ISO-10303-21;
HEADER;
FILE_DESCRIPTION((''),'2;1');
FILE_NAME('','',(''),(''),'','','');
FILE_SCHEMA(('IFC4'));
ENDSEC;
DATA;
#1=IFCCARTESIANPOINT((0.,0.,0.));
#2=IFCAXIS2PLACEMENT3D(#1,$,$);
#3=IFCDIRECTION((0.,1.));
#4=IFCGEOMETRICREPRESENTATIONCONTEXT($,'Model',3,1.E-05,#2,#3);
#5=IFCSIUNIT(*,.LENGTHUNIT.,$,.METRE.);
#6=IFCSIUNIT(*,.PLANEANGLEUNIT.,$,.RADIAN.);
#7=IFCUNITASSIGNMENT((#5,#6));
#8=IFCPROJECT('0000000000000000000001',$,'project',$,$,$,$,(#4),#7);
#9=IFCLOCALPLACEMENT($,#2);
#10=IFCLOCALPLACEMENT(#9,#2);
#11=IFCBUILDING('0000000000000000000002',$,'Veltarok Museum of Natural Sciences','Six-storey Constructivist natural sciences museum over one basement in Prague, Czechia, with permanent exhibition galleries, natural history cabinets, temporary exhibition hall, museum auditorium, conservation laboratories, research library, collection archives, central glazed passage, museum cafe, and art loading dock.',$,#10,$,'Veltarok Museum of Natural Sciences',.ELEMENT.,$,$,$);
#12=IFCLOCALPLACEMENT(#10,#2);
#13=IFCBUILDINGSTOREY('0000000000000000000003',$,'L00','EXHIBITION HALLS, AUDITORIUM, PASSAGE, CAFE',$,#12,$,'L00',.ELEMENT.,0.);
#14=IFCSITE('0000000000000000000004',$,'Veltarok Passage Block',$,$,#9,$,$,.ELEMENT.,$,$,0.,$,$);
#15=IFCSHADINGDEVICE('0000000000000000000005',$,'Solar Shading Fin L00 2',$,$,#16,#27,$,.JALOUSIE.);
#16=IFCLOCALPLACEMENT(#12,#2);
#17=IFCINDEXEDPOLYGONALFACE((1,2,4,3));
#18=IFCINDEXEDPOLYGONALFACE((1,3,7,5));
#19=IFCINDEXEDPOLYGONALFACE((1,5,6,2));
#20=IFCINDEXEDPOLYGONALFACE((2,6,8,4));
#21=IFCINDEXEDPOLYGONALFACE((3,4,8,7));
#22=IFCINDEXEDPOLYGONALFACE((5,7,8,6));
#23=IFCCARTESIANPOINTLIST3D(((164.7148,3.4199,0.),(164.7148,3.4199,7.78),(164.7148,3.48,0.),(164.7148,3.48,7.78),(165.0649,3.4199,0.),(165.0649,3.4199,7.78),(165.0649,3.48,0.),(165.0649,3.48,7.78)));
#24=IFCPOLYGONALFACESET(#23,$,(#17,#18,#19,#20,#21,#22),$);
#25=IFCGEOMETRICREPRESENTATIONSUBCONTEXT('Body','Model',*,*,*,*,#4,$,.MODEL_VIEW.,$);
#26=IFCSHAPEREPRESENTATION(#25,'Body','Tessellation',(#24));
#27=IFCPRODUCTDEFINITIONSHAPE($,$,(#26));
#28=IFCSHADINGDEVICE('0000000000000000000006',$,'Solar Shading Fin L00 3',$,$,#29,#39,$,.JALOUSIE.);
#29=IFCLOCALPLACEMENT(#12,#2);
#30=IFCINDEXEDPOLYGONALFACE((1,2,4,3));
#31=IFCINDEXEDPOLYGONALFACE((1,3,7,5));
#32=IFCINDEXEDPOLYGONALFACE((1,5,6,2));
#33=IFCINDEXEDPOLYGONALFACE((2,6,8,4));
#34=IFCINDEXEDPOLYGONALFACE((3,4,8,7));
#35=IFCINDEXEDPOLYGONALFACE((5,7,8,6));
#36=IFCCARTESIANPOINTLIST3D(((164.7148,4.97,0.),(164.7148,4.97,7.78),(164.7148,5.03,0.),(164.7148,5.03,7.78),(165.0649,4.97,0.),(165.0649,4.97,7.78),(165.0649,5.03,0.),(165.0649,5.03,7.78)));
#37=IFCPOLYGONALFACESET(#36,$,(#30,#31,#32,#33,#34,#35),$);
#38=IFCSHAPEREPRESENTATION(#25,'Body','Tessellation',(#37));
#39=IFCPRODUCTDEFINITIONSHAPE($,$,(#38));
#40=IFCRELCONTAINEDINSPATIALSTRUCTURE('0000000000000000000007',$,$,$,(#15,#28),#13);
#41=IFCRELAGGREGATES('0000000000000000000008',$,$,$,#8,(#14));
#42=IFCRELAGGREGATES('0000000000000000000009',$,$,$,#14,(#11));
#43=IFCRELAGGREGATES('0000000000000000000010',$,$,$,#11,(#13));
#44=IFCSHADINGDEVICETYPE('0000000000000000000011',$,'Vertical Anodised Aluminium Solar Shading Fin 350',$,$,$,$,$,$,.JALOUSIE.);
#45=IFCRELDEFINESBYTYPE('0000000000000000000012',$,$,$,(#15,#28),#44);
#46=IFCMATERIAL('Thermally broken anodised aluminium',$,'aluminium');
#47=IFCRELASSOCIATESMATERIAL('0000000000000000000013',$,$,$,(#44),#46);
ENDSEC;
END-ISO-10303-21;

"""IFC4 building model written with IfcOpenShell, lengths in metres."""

from ifc_helpers import new_model, si_unit, direction, frame, origin, origin_2d, place, context, subcontext, project, spatial, rectangle, extrude, material, type_object, element, save


model = new_model("IFC4")

# Units and contexts
model_context = context("Model", 3, precision=1e-05, world=origin(), true_north=direction((0.0, 1.0)))
body_context = subcontext(model_context, "Body", "Model", "MODEL_VIEW")
ifc_project = project(units=[si_unit("LENGTHUNIT", "METRE"), si_unit("PLANEANGLEUNIT", "RADIAN")], contexts=[model_context])

# Site, building, storey
site_placement = place(None, origin())
site = spatial("IfcSite", under=ifc_project, at=site_placement, Name="Veltarok Passage Block", CompositionType="ELEMENT", RefElevation=0.0)
building_placement = place(site_placement, origin())
building = spatial("IfcBuilding", under=site, at=building_placement, Name="Veltarok Museum of Natural Sciences", Description="Six-storey Constructivist natural sciences museum over one basement in Prague, Czechia, with permanent exhibition galleries, natural history cabinets, temporary exhibition hall, museum auditorium, conservation laboratories, research library, collection archives, central glazed passage, museum cafe, and art loading dock.", LongName="Veltarok Museum of Natural Sciences", CompositionType="ELEMENT")
storey_placement = place(building_placement, origin())
storey = spatial("IfcBuildingStorey", under=building, at=storey_placement, Name="L00", Description="EXHIBITION HALLS, AUDITORIUM, PASSAGE, CAFE", LongName="L00", CompositionType="ELEMENT", Elevation=0.0)

# Shared definitions
ifc_material_1 = material(Name="Thermally broken anodised aluminium", Category="aluminium")

# Shading devices
shading_device_type = type_object("IfcShadingDeviceType", Name="Vertical Anodised Aluminium Solar Shading Fin 350", PredefinedType="JALOUSIE", material=ifc_material_1)
for number, where, z_axis, x_axis, name in (
    (1, (164.8899, 3.45, 0.0), (0.0, 0.0, 1.0), (1.0, 0.0, 0.0), "Solar Shading Fin L00 2"),
    (2, (164.8899, 5.0, 0.0), (0.0, 0.0, 1.0), (1.0, 0.0, 0.0), "Solar Shading Fin L00 3"),
):
    element("IfcShadingDevice", number, at=place(storey_placement, frame(where, z_axis=z_axis, x_axis=x_axis)), inside=storey, type_object=shading_device_type, Name=name, PredefinedType="JALOUSIE", context=body_context, shape_type="SweptSolid", body=[
        extrude(rectangle(XDim=0.3501, YDim=0.0601, at=origin_2d()), origin(), (0.0, 0.0, 1.0), 7.78),
    ])

save(model, "model.ifc")
